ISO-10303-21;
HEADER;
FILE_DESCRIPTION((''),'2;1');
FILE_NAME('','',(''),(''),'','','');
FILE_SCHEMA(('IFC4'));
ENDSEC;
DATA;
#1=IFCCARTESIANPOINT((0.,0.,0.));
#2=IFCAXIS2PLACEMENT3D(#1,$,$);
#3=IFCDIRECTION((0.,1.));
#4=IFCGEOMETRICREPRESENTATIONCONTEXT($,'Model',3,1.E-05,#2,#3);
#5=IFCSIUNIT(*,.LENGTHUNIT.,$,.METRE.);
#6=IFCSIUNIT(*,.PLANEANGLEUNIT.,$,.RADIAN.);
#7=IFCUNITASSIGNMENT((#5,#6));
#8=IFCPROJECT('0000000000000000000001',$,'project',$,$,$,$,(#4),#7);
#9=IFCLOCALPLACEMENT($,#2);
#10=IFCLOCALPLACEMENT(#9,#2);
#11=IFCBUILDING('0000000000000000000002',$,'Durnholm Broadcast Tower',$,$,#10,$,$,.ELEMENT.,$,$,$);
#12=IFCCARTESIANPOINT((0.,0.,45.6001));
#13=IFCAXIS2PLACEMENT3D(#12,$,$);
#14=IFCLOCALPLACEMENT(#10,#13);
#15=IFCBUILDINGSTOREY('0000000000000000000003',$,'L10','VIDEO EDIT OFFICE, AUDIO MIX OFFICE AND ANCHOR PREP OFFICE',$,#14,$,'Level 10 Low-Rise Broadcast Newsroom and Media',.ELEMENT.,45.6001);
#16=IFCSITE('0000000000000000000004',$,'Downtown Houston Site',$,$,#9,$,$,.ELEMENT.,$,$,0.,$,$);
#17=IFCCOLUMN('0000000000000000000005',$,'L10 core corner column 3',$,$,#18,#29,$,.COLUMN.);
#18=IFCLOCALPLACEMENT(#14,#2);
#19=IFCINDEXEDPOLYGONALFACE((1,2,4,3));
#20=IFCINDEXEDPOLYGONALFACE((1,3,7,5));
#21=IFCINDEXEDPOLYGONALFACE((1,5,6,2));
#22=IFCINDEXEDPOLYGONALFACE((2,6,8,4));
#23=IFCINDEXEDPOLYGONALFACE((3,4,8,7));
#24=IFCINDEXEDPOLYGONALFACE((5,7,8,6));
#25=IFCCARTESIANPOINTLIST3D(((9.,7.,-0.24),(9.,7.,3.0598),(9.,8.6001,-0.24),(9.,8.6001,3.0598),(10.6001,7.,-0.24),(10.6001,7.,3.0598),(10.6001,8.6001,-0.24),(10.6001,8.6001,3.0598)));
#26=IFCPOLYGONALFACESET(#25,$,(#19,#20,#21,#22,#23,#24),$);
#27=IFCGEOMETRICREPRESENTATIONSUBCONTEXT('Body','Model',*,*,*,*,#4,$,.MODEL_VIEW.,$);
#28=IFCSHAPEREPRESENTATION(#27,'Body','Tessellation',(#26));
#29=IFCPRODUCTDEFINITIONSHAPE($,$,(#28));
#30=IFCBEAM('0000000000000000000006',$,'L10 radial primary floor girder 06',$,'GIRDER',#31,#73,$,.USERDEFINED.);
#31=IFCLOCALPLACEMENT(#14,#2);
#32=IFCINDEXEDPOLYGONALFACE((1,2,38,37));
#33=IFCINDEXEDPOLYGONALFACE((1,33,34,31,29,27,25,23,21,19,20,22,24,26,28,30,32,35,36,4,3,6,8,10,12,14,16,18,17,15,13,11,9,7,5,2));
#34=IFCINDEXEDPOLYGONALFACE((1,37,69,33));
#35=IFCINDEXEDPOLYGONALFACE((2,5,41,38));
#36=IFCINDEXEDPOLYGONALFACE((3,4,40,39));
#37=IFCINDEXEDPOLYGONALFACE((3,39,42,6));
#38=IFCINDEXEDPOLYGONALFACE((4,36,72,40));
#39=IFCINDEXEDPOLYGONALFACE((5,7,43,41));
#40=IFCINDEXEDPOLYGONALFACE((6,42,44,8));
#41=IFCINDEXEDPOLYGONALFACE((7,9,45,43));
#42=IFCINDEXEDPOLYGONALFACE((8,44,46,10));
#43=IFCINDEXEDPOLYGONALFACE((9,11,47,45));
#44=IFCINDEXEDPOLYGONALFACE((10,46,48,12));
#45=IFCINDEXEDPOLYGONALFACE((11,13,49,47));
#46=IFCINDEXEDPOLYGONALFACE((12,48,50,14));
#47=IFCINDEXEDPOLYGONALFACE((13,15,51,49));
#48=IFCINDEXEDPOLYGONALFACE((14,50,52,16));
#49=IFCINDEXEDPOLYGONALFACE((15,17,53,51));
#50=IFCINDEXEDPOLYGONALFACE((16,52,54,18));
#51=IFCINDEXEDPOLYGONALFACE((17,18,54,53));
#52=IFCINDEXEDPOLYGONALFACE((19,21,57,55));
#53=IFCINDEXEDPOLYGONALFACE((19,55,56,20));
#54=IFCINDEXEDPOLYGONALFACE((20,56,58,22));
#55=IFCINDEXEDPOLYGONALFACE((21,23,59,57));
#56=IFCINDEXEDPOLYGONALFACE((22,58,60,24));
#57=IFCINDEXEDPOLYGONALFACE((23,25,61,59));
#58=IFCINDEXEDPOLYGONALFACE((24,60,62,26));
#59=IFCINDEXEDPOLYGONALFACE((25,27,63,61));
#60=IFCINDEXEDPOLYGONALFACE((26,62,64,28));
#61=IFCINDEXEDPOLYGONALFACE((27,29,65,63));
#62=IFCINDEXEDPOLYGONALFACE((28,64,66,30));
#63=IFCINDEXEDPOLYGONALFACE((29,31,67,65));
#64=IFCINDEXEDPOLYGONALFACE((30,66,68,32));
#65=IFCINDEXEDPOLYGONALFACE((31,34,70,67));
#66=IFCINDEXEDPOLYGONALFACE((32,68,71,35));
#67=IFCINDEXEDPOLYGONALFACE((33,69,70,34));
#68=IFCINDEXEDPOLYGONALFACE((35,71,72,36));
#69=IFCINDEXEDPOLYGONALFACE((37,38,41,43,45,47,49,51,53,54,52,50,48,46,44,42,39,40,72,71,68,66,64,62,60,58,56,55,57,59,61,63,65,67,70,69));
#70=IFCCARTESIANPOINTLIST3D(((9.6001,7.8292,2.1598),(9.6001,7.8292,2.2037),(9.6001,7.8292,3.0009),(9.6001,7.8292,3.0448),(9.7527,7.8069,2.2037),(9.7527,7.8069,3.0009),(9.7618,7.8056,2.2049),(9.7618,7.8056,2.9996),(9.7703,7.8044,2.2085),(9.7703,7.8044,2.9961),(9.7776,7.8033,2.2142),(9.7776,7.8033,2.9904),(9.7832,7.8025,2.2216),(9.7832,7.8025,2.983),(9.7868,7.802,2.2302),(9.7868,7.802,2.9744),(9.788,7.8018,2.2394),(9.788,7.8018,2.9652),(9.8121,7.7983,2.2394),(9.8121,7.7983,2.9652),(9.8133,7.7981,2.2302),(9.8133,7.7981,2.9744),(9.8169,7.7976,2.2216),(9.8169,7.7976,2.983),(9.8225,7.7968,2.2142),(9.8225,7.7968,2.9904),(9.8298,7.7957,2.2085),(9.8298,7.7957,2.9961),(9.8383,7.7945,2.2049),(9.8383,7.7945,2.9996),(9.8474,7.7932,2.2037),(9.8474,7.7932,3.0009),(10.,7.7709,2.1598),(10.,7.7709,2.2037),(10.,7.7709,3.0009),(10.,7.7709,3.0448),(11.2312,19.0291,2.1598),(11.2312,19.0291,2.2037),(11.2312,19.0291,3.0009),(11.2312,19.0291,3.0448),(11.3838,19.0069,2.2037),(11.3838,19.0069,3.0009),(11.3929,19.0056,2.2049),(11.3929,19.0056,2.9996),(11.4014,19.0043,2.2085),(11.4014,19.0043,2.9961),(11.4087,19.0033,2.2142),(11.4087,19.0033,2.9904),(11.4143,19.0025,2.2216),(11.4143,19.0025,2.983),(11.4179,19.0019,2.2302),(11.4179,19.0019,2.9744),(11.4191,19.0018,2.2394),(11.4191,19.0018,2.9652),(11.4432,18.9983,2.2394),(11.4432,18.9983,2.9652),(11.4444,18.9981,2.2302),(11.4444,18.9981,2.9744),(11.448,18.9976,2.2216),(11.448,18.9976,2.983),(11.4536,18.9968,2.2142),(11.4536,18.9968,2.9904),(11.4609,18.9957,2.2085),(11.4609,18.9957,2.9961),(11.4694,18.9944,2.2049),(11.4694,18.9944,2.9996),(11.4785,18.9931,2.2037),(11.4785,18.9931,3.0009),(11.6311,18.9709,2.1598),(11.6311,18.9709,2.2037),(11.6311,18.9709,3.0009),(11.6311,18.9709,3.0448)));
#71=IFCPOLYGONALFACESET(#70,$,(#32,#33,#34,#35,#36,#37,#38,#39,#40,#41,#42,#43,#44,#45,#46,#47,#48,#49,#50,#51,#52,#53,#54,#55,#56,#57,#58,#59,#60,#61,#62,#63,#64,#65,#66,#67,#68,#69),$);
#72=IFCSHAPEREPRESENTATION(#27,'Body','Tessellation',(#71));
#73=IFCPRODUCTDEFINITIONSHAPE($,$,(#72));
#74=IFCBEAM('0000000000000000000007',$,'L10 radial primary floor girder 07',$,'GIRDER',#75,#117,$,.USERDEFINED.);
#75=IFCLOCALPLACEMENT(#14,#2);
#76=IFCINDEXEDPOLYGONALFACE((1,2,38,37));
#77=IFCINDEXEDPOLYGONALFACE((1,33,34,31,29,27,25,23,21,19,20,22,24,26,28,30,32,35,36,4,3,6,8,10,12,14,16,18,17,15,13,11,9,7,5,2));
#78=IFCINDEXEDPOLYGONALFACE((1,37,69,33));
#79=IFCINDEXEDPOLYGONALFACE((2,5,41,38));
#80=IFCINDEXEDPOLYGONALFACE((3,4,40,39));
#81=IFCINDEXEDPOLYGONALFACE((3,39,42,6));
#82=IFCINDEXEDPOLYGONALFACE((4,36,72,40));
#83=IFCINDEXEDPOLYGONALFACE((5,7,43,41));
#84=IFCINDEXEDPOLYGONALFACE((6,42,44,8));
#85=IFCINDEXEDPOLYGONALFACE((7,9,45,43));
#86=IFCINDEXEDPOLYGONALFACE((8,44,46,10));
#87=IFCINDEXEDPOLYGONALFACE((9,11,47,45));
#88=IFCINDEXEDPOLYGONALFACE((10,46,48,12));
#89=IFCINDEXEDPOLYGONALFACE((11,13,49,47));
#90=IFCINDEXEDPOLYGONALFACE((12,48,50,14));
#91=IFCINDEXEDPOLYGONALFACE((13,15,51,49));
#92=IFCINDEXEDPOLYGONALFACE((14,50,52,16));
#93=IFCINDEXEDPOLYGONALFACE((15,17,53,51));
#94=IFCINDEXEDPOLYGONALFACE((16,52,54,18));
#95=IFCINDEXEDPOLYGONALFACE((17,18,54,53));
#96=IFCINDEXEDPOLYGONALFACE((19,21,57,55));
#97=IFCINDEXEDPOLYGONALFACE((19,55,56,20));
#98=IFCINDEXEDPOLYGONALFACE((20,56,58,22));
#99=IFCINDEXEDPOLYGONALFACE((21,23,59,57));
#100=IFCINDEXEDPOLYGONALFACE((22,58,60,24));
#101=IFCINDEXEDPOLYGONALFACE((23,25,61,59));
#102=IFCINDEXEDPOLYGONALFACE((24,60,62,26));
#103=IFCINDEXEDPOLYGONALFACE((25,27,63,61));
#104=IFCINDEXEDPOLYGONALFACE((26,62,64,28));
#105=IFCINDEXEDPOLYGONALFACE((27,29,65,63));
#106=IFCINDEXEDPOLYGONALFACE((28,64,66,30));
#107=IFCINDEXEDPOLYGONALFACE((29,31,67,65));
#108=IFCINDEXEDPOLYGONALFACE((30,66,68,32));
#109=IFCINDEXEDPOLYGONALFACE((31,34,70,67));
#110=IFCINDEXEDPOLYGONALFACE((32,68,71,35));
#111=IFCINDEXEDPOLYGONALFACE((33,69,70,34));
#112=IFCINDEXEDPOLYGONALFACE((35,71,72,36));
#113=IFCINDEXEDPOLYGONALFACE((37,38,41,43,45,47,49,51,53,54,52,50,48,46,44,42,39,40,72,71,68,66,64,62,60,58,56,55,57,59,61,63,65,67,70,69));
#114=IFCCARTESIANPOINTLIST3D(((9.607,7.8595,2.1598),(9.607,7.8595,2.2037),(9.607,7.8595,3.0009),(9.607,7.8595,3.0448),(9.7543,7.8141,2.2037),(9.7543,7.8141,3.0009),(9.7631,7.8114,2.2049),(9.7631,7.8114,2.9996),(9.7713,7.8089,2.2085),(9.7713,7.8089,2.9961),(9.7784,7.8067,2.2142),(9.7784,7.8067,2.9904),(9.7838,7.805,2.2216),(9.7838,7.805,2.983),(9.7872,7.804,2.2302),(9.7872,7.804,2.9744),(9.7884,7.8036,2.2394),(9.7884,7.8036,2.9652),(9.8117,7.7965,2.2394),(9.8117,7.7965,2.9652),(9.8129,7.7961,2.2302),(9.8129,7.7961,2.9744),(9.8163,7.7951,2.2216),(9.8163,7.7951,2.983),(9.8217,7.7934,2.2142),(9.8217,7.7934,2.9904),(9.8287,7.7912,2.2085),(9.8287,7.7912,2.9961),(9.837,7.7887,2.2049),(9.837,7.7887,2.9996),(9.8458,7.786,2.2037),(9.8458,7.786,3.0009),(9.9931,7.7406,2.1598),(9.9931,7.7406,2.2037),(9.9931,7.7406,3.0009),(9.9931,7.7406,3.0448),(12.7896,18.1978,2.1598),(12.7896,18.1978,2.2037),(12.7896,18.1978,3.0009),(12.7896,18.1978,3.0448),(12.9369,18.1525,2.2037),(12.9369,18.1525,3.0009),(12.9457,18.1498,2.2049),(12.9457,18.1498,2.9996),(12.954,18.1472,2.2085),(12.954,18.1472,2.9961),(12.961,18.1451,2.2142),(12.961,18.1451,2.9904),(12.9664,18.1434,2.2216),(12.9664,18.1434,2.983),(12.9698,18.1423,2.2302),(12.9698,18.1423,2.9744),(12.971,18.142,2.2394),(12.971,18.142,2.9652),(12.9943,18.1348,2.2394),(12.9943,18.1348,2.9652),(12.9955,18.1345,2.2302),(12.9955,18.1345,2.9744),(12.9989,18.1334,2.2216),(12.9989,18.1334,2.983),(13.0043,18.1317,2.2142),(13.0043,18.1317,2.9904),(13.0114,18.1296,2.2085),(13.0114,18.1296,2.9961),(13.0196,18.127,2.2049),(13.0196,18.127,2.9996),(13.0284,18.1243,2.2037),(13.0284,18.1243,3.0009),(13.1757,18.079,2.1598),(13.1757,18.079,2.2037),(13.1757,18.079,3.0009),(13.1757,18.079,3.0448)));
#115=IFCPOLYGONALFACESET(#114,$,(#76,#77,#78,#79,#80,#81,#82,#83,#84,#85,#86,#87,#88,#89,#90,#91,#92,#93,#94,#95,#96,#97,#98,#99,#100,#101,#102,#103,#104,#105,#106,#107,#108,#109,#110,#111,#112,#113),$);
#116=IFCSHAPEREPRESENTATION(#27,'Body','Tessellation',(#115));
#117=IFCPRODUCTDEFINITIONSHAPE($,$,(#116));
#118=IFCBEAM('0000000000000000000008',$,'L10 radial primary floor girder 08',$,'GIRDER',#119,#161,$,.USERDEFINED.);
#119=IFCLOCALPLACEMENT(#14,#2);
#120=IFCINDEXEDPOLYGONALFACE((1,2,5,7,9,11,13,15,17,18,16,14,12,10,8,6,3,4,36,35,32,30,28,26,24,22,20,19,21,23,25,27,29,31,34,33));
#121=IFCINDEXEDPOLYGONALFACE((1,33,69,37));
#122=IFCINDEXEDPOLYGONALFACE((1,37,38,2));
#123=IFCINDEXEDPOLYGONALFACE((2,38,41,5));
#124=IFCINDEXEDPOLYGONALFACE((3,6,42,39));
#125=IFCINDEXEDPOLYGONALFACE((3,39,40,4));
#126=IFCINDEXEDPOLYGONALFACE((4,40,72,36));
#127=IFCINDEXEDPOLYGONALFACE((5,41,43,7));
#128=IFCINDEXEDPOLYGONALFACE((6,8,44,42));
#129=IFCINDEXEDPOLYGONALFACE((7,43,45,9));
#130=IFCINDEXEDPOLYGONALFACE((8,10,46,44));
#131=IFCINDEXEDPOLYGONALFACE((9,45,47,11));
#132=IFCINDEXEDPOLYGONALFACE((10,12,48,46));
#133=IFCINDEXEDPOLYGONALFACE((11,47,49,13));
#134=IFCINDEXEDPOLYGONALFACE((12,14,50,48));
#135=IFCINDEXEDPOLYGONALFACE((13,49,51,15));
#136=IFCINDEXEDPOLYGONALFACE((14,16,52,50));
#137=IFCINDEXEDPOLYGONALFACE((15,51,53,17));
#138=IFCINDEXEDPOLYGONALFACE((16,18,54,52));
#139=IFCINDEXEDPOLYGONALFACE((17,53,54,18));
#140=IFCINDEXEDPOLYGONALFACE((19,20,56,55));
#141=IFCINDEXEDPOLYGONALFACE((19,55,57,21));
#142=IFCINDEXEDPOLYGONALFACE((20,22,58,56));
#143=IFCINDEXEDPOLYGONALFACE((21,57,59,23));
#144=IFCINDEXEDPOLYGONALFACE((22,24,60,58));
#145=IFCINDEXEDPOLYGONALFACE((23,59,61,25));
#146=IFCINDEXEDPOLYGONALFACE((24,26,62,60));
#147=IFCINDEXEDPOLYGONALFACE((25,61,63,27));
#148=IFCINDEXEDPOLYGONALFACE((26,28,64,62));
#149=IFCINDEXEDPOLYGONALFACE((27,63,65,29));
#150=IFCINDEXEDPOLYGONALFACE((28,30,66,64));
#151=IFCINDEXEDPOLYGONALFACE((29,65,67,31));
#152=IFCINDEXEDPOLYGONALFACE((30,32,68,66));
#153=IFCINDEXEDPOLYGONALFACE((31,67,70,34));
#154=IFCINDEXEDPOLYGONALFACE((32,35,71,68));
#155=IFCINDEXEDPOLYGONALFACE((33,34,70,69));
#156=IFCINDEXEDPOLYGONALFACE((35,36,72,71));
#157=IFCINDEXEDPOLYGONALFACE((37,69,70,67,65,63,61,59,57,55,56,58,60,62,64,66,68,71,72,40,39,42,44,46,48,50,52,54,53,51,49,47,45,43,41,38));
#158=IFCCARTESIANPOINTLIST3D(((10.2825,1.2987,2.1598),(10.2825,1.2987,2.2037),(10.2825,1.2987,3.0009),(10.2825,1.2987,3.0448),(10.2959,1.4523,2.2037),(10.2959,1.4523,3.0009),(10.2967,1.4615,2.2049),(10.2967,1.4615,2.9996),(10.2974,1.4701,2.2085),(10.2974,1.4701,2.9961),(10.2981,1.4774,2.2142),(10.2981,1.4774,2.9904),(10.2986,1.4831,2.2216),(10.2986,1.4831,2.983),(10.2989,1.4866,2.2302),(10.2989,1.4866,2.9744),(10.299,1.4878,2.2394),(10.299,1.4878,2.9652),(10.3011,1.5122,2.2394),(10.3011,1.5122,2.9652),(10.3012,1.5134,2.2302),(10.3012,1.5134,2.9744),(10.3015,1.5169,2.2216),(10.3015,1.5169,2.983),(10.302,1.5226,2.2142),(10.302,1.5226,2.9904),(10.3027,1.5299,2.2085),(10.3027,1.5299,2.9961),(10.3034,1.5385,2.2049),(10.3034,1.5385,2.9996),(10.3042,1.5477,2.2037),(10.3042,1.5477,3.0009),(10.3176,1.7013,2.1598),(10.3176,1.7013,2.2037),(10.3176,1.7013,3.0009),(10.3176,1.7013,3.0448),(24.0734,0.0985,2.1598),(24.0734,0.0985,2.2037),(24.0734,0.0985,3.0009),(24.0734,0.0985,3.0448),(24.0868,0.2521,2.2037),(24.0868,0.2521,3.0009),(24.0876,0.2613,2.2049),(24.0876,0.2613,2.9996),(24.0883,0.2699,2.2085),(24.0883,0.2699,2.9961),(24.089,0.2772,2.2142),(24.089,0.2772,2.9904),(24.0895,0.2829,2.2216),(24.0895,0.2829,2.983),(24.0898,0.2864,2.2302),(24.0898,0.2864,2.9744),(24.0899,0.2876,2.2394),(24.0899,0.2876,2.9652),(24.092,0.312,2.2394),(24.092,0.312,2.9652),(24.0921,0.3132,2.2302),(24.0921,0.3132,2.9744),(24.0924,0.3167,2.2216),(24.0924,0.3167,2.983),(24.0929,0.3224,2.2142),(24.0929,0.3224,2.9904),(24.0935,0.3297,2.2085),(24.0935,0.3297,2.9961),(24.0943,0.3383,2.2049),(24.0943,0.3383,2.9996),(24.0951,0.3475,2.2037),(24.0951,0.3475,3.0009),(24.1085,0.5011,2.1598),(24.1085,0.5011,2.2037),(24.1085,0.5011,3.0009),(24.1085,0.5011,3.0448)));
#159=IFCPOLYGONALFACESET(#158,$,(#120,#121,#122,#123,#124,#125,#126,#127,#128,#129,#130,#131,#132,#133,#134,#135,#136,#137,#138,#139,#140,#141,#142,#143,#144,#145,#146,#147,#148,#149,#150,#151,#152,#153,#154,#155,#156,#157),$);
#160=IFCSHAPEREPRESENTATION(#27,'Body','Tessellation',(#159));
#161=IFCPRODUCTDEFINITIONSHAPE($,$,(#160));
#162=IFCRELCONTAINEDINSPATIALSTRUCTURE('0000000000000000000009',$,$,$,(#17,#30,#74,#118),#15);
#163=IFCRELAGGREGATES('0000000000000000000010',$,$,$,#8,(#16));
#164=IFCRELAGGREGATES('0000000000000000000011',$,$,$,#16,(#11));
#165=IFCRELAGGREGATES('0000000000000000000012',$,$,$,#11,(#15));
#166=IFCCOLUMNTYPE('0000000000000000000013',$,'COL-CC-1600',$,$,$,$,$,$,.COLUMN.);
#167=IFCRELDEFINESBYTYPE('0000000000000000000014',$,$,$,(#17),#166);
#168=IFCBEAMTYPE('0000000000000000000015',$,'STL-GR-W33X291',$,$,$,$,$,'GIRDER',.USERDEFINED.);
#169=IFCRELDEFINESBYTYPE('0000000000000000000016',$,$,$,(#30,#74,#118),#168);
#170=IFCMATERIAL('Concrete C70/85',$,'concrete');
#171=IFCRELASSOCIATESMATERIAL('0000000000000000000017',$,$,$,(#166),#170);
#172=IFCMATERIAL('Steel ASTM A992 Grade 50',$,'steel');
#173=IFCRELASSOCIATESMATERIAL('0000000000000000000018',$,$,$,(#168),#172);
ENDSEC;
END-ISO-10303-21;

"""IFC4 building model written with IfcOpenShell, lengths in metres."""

from ifc_helpers import new_model, si_unit, direction, frame, origin, origin_2d, place, context, subcontext, project, spatial, rectangle, i_section, extrude, source, transform, mapped, material, material_profile, profile_set, type_object, type_shapes, element, save


model = new_model("IFC4")

# Units and contexts
model_context = context("Model", 3, precision=1e-05, world=origin(), true_north=direction((0.0, 1.0)))
body_context = subcontext(model_context, "Body", "Model", "MODEL_VIEW")
ifc_project = project(units=[si_unit("LENGTHUNIT", "METRE"), si_unit("PLANEANGLEUNIT", "RADIAN")], contexts=[model_context])

# Site, building, storey
site_placement = place(None, origin())
site = spatial("IfcSite", under=ifc_project, at=site_placement, Name="Downtown Houston Site", CompositionType="ELEMENT", RefElevation=0.0)
building_placement = place(site_placement, origin())
building = spatial("IfcBuilding", under=site, at=building_placement, Name="Durnholm Broadcast Tower", CompositionType="ELEMENT")
storey_placement = place(building_placement, frame((0.0, 0.0, 45.6001)))
storey = spatial("IfcBuildingStorey", under=building, at=storey_placement, Name="L10", Description="VIDEO EDIT OFFICE, AUDIO MIX OFFICE AND ANCHOR PREP OFFICE", LongName="Level 10 Low-Rise Broadcast Newsroom and Media", CompositionType="ELEMENT", Elevation=45.6001)

# Column
ifc_material_1 = material(Name="Concrete C70/85", Category="concrete")
ifc_material_profile_1 = material_profile(ifc_material_1, rectangle(XDim=1.6001, YDim=1.6001, at=origin_2d()), Name="RC1600X1600")
ifc_profile_set_1 = profile_set([ifc_material_profile_1], Name="Concrete C70/85")
column_type = type_object("IfcColumnType", Name="COL-CC-1600", PredefinedType="COLUMN", material=ifc_profile_set_1)
shared_shape_1 = source(origin(), body_context, "Body", "SweptSolid", [
    extrude(rectangle(XDim=1.6001, YDim=1.6001, at=origin_2d()), origin(), (0.0, 0.0, 1.0), 3.2998),
])
type_shapes(column_type, [shared_shape_1])
column_placement = place(storey_placement, frame((9.8, 7.8, -0.24), z_axis=(0.0, 0.0, 1.0), x_axis=(1.0, 0.0, 0.0)))
element("IfcColumn", 1, at=column_placement, inside=storey, type_object=column_type, Name="L10 core corner column 3", PredefinedType="COLUMN", context=body_context, shape_type="MappedRepresentation", body=[
    mapped(shared_shape_1, transform((0.0, 0.0, 0.0), x_axis=(1.0, 0.0, 0.0), y_axis=(0.0, 1.0, 0.0), z_axis=(0.0, 0.0, 1.0), scale=1.0)),
])

# Beams
ifc_material_2 = material(Name="Steel ASTM A992 Grade 50", Category="steel")
ifc_material_profile_2 = material_profile(ifc_material_2, i_section(OverallWidth=0.4041, OverallDepth=0.885, WebThickness=0.0244, FlangeThickness=0.0439, FilletRadius=0.0356, at=origin_2d()), Name="W33X291")
ifc_profile_set_2 = profile_set([ifc_material_profile_2], Name="Steel ASTM A992 Grade 50")
beam_type_1 = type_object("IfcBeamType", Name="STL-GR-W33X291", ElementType="GIRDER", PredefinedType="USERDEFINED", material=ifc_profile_set_2)
shared_shape_2 = source(origin(), body_context, "Body", "SweptSolid", [
    extrude(i_section(OverallWidth=0.4041, OverallDepth=0.885, WebThickness=0.0244, FlangeThickness=0.0439, FilletRadius=0.0356, at=origin_2d()), origin(), (0.0, 0.0, 1.0), 11.3181),
])
beam_1_placement = place(storey_placement, frame((9.8, 7.8, 2.6023), z_axis=(0.144115, 0.989561, 0.0), x_axis=(-0.989561, 0.144115, 0.0)))
element("IfcBeam", 2, at=beam_1_placement, inside=storey, type_object=beam_type_1, Name="L10 radial primary floor girder 06", ObjectType="GIRDER", PredefinedType="USERDEFINED", context=body_context, shape_type="MappedRepresentation", body=[
    mapped(shared_shape_2, transform((0.0, 0.0, 0.0), x_axis=(1.0, 0.0, 0.0), y_axis=(0.0, 1.0, 0.0), z_axis=(0.0, 0.0, 1.0), scale=1.0)),
])
shared_shape_3 = source(origin(), body_context, "Body", "SweptSolid", [
    extrude(i_section(OverallWidth=0.4041, OverallDepth=0.885, WebThickness=0.0244, FlangeThickness=0.0439, FilletRadius=0.0356, at=origin_2d()), origin(), (0.0, 0.0, 1.0), 10.8171),
])
beam_2_placement = place(storey_placement, frame((9.8, 7.8, 2.6023), z_axis=(0.294219, 0.955738, 0.0), x_axis=(-0.955738, 0.294219, 0.0)))
element("IfcBeam", 3, at=beam_2_placement, inside=storey, type_object=beam_type_1, Name="L10 radial primary floor girder 07", ObjectType="GIRDER", PredefinedType="USERDEFINED", context=body_context, shape_type="MappedRepresentation", body=[
    mapped(shared_shape_3, transform((0.0, 0.0, 0.0), x_axis=(1.0, 0.0, 0.0), y_axis=(0.0, 1.0, 0.0), z_axis=(0.0, 0.0, 1.0), scale=1.0)),
])
shared_shape_4 = source(origin(), body_context, "Body", "SweptSolid", [
    extrude(i_section(OverallWidth=0.4041, OverallDepth=0.885, WebThickness=0.0244, FlangeThickness=0.0439, FilletRadius=0.0356, at=origin_2d()), origin(), (0.0, 0.0, 1.0), 13.843),
])
beam_3_placement = place(storey_placement, frame((10.3, 1.5, 2.6023), z_axis=(0.996234, -0.086701, 0.0), x_axis=(0.086701, 0.996234, 0.0)))
element("IfcBeam", 4, at=beam_3_placement, inside=storey, type_object=beam_type_1, Name="L10 radial primary floor girder 08", ObjectType="GIRDER", PredefinedType="USERDEFINED", context=body_context, shape_type="MappedRepresentation", body=[
    mapped(shared_shape_4, transform((0.0, 0.0, 0.0), x_axis=(1.0, 0.0, 0.0), y_axis=(0.0, 1.0, 0.0), z_axis=(0.0, 0.0, 1.0), scale=1.0)),
])

save(model, "model.ifc")
